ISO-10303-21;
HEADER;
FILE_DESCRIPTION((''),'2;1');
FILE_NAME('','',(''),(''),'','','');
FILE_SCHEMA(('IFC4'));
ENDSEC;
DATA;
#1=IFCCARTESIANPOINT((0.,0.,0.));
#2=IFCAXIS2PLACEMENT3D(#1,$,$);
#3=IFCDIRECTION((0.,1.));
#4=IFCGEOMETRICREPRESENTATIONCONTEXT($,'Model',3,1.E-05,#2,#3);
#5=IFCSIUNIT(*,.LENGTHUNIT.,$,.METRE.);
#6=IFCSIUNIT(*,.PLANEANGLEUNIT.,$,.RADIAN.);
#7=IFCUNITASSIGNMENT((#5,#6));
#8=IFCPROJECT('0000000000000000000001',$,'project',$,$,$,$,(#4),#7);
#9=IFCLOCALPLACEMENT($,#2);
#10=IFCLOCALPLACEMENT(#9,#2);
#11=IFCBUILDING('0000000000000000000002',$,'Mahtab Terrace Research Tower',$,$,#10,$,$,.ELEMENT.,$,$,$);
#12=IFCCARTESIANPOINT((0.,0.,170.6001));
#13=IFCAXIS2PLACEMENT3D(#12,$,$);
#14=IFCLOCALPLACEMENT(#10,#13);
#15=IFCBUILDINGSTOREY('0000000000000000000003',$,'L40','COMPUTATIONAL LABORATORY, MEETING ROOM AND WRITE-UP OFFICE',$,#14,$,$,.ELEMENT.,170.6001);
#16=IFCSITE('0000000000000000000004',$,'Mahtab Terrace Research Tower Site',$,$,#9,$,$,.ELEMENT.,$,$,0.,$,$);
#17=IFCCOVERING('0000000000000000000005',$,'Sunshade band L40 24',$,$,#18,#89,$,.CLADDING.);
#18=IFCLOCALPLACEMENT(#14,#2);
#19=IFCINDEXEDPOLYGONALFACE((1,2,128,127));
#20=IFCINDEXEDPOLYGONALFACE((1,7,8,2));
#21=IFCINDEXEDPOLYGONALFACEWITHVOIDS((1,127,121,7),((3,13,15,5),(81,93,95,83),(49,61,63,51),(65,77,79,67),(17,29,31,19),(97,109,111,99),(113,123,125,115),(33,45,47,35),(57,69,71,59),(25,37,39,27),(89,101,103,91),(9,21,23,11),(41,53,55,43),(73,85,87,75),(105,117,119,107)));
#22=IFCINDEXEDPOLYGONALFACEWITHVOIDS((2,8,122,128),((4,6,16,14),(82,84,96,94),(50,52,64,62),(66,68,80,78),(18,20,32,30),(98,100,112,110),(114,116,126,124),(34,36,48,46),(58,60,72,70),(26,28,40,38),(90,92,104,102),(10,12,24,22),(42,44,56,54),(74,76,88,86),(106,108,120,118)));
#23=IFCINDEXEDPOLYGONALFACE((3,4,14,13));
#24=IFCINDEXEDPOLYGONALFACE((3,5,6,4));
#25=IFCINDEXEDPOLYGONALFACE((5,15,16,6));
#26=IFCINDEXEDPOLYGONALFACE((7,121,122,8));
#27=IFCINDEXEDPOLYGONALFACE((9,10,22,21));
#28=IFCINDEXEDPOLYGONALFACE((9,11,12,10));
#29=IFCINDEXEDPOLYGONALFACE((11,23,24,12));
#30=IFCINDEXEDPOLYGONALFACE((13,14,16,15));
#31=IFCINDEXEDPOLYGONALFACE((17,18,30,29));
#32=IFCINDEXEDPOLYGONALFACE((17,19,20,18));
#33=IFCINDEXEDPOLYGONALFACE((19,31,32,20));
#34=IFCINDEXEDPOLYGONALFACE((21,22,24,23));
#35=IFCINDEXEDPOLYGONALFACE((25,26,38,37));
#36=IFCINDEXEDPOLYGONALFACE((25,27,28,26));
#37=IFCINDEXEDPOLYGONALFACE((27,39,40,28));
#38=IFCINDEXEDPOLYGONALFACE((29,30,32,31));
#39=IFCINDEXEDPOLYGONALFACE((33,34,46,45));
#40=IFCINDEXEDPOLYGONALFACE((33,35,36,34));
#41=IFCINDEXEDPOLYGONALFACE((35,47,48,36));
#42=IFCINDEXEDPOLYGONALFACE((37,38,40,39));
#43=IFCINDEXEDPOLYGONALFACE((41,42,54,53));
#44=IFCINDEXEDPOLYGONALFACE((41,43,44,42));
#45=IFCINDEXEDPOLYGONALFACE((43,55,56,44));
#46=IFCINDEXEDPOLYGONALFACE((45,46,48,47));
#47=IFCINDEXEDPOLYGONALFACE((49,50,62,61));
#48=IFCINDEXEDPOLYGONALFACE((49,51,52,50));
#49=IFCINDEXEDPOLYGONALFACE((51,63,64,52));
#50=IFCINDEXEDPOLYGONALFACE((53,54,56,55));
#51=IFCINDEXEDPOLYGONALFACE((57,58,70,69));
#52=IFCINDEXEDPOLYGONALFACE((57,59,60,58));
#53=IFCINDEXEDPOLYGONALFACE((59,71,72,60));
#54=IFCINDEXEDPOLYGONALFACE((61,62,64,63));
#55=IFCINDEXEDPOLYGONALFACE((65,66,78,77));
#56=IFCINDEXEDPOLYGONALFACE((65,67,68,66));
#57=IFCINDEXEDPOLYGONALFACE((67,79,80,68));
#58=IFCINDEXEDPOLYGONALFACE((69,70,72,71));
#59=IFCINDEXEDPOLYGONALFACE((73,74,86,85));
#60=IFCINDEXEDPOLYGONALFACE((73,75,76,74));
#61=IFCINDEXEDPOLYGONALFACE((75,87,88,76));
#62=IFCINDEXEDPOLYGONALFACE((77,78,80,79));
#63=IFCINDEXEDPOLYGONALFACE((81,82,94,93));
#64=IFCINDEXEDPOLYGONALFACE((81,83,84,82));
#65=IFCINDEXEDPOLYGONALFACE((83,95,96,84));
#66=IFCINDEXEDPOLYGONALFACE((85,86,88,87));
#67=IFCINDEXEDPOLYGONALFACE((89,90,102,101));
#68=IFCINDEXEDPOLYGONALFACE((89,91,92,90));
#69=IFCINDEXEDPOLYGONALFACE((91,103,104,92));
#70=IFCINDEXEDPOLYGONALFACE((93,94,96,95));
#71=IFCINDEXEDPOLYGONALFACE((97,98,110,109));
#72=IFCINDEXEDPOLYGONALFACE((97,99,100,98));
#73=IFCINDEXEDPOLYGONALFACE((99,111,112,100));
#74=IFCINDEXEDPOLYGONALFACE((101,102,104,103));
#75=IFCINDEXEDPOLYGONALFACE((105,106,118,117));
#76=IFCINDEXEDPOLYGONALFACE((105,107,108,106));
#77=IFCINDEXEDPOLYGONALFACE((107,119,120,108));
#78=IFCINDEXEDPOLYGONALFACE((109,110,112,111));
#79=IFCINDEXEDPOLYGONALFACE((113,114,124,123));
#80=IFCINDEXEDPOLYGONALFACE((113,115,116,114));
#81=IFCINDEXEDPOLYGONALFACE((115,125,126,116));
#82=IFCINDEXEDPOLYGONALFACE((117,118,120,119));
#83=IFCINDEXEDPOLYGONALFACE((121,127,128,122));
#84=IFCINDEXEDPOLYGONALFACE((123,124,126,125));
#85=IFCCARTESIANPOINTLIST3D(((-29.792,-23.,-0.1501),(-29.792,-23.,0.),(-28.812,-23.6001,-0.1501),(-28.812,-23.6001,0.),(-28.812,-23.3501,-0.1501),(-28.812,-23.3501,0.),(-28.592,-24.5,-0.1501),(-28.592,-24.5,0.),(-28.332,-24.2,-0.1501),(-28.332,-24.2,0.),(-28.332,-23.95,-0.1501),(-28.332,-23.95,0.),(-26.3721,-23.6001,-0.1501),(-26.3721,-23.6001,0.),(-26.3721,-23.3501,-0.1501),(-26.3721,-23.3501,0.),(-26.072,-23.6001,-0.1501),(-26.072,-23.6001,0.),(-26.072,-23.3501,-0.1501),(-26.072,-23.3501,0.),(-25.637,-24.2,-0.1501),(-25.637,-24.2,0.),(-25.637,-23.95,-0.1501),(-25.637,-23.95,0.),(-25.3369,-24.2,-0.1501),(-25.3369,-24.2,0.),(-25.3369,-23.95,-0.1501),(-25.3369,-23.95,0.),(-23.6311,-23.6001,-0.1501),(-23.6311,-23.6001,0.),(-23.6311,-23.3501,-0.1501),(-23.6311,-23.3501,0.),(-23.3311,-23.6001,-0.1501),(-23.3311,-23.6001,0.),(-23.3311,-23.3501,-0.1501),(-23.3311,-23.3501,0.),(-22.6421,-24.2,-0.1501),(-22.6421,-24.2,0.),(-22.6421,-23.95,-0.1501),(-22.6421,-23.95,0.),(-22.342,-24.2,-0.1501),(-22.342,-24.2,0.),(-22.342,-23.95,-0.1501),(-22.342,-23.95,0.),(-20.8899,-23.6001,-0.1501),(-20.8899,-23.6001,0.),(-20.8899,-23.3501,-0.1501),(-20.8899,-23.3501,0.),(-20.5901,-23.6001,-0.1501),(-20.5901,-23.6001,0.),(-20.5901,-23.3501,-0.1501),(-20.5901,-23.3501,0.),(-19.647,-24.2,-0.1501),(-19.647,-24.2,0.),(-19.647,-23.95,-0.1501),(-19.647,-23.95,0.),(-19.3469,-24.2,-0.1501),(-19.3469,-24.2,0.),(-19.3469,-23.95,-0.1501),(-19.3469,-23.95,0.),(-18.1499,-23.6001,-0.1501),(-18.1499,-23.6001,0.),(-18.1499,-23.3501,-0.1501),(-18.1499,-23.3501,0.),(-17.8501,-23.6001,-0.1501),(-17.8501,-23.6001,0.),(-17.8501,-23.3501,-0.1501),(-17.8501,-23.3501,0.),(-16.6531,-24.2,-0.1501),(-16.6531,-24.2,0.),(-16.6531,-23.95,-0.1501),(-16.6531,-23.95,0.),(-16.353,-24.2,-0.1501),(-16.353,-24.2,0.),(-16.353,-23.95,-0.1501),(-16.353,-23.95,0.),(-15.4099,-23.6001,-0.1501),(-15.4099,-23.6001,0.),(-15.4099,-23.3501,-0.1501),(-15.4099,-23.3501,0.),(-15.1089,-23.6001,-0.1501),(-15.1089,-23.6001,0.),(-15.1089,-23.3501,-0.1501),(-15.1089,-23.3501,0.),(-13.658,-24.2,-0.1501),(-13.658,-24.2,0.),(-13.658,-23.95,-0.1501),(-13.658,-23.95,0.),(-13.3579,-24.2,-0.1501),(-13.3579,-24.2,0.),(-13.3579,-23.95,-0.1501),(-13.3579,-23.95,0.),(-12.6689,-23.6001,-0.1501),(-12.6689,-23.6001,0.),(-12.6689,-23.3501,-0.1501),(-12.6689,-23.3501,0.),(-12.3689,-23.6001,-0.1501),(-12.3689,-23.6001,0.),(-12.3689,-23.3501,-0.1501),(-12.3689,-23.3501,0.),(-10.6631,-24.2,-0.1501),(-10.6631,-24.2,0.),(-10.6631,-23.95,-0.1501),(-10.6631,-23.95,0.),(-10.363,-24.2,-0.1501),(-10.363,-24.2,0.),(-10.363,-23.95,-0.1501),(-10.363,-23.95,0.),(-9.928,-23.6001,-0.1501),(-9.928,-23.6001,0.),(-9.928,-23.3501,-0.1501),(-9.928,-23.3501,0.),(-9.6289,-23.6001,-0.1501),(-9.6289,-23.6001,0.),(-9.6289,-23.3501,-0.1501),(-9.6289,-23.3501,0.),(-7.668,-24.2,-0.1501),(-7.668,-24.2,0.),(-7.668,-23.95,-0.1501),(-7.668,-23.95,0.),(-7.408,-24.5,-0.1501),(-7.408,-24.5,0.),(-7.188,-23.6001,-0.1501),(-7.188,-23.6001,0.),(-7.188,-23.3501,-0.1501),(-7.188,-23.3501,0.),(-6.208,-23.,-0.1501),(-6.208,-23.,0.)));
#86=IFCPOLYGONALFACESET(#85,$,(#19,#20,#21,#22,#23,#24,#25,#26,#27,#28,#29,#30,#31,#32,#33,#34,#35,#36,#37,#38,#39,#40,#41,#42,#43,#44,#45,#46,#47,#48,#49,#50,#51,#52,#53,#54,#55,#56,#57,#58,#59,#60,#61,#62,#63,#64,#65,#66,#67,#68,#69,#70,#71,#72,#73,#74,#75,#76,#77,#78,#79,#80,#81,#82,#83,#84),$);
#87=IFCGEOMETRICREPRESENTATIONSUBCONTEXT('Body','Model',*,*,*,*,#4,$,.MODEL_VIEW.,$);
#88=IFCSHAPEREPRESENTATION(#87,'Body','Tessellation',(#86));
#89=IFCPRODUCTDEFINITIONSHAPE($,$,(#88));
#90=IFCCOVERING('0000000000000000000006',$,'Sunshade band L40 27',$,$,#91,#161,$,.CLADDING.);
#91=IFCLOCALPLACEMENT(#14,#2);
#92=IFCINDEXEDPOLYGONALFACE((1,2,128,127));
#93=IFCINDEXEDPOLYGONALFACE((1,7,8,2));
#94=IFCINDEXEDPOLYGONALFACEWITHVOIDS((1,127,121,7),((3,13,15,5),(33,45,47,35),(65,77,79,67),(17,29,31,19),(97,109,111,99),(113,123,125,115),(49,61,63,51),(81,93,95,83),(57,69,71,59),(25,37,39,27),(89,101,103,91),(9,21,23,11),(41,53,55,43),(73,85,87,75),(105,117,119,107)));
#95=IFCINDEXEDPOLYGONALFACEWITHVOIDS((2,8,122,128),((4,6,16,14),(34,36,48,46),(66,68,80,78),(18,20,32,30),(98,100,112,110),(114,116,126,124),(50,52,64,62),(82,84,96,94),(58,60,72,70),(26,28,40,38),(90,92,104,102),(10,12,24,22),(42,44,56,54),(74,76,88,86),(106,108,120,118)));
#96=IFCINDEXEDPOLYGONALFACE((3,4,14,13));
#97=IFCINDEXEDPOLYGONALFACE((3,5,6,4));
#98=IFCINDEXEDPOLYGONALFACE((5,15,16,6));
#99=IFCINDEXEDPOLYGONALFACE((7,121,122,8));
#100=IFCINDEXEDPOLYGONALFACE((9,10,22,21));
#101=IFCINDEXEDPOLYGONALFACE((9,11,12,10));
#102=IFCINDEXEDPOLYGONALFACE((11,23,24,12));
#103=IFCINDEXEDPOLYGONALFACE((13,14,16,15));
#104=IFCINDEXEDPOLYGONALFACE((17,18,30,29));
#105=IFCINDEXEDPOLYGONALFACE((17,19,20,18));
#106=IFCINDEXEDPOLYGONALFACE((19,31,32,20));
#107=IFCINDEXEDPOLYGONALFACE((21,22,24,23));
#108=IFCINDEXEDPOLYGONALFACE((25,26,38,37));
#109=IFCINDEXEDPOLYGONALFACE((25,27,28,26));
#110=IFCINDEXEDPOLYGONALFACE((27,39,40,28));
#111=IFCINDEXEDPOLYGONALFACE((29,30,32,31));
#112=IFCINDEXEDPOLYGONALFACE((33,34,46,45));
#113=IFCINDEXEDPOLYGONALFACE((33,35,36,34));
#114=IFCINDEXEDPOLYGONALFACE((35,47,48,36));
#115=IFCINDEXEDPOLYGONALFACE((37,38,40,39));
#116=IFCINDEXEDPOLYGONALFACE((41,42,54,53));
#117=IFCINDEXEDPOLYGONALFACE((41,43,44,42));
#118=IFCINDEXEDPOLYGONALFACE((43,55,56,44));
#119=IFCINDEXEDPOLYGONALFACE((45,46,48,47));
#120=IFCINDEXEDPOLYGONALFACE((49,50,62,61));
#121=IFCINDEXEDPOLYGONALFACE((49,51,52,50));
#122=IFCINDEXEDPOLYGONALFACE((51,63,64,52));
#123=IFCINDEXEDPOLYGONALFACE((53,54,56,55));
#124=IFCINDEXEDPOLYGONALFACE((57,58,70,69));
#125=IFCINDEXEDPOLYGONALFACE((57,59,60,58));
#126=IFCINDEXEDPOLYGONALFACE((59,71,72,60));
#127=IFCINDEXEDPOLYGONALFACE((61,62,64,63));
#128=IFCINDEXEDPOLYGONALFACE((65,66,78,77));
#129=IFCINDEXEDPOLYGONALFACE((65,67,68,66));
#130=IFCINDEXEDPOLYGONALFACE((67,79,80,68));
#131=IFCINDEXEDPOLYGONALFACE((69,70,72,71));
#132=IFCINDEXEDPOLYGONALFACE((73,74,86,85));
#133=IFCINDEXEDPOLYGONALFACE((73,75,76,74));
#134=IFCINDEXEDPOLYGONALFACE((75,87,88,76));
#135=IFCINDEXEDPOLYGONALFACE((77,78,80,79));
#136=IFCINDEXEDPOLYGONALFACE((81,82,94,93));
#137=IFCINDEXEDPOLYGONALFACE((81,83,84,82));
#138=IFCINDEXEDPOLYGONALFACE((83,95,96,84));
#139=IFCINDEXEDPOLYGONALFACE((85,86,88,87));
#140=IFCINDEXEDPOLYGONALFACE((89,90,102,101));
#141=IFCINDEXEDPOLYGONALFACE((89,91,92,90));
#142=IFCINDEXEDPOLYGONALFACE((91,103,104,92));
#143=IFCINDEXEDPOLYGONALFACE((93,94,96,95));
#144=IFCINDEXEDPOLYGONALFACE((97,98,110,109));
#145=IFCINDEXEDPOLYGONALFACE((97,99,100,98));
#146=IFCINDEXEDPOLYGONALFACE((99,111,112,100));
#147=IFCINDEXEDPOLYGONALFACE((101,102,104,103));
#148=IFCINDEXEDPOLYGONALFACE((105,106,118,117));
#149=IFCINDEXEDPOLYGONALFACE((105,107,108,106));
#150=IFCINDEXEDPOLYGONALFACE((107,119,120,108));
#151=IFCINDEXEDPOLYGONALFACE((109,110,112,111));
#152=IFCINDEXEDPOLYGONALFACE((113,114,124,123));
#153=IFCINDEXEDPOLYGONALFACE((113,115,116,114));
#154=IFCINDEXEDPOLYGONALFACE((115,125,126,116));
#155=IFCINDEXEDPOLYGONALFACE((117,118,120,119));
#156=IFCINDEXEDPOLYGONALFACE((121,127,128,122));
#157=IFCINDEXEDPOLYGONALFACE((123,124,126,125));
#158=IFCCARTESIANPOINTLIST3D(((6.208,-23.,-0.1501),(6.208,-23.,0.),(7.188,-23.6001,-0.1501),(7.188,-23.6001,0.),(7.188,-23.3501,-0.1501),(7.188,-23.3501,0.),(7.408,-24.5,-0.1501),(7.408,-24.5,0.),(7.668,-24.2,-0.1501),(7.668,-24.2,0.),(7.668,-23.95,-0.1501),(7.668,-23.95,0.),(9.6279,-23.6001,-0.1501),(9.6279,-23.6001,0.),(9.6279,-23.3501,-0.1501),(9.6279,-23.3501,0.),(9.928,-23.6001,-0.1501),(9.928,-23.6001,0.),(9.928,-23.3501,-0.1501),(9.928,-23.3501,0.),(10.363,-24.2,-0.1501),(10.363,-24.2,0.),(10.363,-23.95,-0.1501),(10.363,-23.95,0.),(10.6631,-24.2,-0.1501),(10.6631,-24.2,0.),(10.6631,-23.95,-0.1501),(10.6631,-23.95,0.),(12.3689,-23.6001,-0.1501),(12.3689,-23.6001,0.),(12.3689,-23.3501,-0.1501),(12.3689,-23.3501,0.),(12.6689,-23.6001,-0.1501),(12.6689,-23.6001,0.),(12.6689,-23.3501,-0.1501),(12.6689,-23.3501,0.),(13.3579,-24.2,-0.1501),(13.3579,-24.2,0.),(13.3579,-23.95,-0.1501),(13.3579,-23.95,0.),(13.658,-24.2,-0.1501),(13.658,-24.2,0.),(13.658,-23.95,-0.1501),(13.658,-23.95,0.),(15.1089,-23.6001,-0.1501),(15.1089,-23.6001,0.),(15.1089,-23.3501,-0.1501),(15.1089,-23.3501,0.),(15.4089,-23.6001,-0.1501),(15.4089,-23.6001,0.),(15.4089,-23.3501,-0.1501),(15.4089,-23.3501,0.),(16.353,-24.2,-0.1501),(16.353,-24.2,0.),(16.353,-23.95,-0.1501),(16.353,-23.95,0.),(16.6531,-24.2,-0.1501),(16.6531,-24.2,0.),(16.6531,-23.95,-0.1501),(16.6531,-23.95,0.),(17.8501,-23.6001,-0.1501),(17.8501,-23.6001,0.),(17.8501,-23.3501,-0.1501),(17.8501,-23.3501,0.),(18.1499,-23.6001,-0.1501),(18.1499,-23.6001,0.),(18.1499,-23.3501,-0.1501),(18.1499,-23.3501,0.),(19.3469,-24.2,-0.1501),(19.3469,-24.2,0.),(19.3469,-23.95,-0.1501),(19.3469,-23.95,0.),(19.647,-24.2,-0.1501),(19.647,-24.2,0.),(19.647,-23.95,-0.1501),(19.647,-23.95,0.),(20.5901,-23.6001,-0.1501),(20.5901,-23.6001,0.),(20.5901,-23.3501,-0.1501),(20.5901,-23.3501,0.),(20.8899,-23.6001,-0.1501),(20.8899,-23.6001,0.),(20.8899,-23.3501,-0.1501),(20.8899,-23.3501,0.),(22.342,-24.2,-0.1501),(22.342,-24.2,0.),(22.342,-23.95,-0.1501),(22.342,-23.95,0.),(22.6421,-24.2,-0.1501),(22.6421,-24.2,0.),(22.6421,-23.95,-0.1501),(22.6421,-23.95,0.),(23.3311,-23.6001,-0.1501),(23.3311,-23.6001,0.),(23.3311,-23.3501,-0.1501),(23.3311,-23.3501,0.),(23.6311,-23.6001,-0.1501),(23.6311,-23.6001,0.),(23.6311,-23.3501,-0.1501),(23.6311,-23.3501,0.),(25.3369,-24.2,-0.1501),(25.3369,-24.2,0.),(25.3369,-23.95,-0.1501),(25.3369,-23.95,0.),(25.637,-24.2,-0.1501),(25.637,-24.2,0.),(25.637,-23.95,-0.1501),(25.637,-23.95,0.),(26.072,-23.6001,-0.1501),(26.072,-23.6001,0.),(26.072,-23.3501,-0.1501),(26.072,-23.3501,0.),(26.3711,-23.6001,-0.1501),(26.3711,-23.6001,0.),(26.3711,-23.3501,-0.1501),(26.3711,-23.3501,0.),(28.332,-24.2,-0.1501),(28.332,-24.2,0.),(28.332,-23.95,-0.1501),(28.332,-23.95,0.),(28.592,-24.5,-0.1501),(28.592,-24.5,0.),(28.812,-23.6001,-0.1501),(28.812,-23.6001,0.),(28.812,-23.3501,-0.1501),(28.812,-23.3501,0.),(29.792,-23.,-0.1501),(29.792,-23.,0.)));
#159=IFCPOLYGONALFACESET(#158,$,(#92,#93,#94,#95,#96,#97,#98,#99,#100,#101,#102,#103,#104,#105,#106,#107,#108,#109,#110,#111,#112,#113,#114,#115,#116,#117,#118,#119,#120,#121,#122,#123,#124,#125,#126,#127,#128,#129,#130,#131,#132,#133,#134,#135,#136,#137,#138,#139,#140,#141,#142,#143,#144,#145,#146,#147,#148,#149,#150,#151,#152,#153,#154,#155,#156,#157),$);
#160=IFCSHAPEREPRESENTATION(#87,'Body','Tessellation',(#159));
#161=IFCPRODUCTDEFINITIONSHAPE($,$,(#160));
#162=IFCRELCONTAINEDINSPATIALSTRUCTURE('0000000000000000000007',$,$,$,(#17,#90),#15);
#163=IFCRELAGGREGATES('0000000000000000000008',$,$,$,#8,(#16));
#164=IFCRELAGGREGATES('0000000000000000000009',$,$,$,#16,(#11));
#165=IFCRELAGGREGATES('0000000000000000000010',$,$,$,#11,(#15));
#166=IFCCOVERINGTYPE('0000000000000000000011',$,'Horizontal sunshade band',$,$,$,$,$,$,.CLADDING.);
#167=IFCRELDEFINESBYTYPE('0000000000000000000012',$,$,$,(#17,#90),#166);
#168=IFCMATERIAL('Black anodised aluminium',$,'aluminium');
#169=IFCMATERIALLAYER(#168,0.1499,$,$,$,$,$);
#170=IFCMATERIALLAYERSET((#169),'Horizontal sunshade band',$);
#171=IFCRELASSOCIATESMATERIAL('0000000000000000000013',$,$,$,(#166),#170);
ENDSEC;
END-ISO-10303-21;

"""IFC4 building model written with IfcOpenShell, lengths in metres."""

from ifc_helpers import new_model, si_unit, direction, frame, origin, place, context, subcontext, project, spatial, polyline, outline, extrude, material, layer, layer_set, type_object, element, save


model = new_model("IFC4")

# Units and contexts
model_context = context("Model", 3, precision=1e-05, world=origin(), true_north=direction((0.0, 1.0)))
body_context = subcontext(model_context, "Body", "Model", "MODEL_VIEW")
ifc_project = project(units=[si_unit("LENGTHUNIT", "METRE"), si_unit("PLANEANGLEUNIT", "RADIAN")], contexts=[model_context])

# Site, building, storey
site_placement = place(None, origin())
site = spatial("IfcSite", under=ifc_project, at=site_placement, Name="Mahtab Terrace Research Tower Site", CompositionType="ELEMENT", RefElevation=0.0)
building_placement = place(site_placement, origin())
building = spatial("IfcBuilding", under=site, at=building_placement, Name="Mahtab Terrace Research Tower", CompositionType="ELEMENT")
storey_placement = place(building_placement, frame((0.0, 0.0, 170.6001)))
storey = spatial("IfcBuildingStorey", under=building, at=storey_placement, Name="L40", Description="COMPUTATIONAL LABORATORY, MEETING ROOM AND WRITE-UP OFFICE", CompositionType="ELEMENT", Elevation=170.6001)

# Coverings
ifc_material_1 = material(Name="Black anodised aluminium", Category="aluminium")
ifc_layer_1 = layer(ifc_material_1, 0.1499)
ifc_layer_set_1 = layer_set([ifc_layer_1], Name="Horizontal sunshade band")
covering_type = type_object("IfcCoveringType", Name="Horizontal sunshade band", PredefinedType="CLADDING", material=ifc_layer_set_1)
covering_1_placement = place(storey_placement, frame((0.0, 0.0, -0.1501)))
element("IfcCovering", 1, at=covering_1_placement, inside=storey, type_object=covering_type, Name="Sunshade band L40 24", PredefinedType="CLADDING", context=body_context, shape_type="SweptSolid", body=[
    extrude(outline(polyline([(-29.792, -23.0), (-6.208, -23.0), (-7.408, -24.5), (-28.592, -24.5), (-29.792, -23.0)]), holes=[polyline([(-28.812, -23.3501), (-26.3721, -23.3501), (-26.3721, -23.6001), (-28.812, -23.6001), (-28.812, -23.3501)]), polyline([(-26.072, -23.3501), (-23.6311, -23.3501), (-23.6311, -23.6001), (-26.072, -23.6001), (-26.072, -23.3501)]), polyline([(-23.3311, -23.3501), (-20.8899, -23.3501), (-20.8899, -23.6001), (-23.3311, -23.6001), (-23.3311, -23.3501)]), polyline([(-20.5901, -23.3501), (-18.1499, -23.3501), (-18.1499, -23.6001), (-20.5901, -23.6001), (-20.5901, -23.3501)]), polyline([(-17.8501, -23.3501), (-15.4099, -23.3501), (-15.4099, -23.6001), (-17.8501, -23.6001), (-17.8501, -23.3501)]), polyline([(-15.1089, -23.3501), (-12.6689, -23.3501), (-12.6689, -23.6001), (-15.1089, -23.6001), (-15.1089, -23.3501)]), polyline([(-12.3689, -23.3501), (-9.928, -23.3501), (-9.928, -23.6001), (-12.3689, -23.6001), (-12.3689, -23.3501)]), polyline([(-9.6289, -23.3501), (-7.188, -23.3501), (-7.188, -23.6001), (-9.6289, -23.6001), (-9.6289, -23.3501)]), polyline([(-28.332, -23.95), (-25.637, -23.95), (-25.637, -24.2), (-28.332, -24.2), (-28.332, -23.95)]), polyline([(-25.3369, -23.95), (-22.6421, -23.95), (-22.6421, -24.2), (-25.3369, -24.2), (-25.3369, -23.95)]), polyline([(-22.342, -23.95), (-19.647, -23.95), (-19.647, -24.2), (-22.342, -24.2), (-22.342, -23.95)]), polyline([(-19.3469, -23.95), (-16.6531, -23.95), (-16.6531, -24.2), (-19.3469, -24.2), (-19.3469, -23.95)]), polyline([(-16.353, -23.95), (-13.658, -23.95), (-13.658, -24.2), (-16.353, -24.2), (-16.353, -23.95)]), polyline([(-13.3579, -23.95), (-10.6631, -23.95), (-10.6631, -24.2), (-13.3579, -24.2), (-13.3579, -23.95)]), polyline([(-10.363, -23.95), (-7.668, -23.95), (-7.668, -24.2), (-10.363, -24.2), (-10.363, -23.95)])]), origin(), (0.0, 0.0, 1.0), 0.1501),
])
covering_2_placement = place(storey_placement, frame((0.0, 0.0, -0.1501)))
element("IfcCovering", 2, at=covering_2_placement, inside=storey, type_object=covering_type, Name="Sunshade band L40 27", PredefinedType="CLADDING", context=body_context, shape_type="SweptSolid", body=[
    extrude(outline(polyline([(6.208, -23.0), (29.792, -23.0), (28.592, -24.5), (7.408, -24.5), (6.208, -23.0)]), holes=[polyline([(7.188, -23.3501), (9.6279, -23.3501), (9.6279, -23.6001), (7.188, -23.6001), (7.188, -23.3501)]), polyline([(9.928, -23.3501), (12.3689, -23.3501), (12.3689, -23.6001), (9.928, -23.6001), (9.928, -23.3501)]), polyline([(12.6689, -23.3501), (15.1089, -23.3501), (15.1089, -23.6001), (12.6689, -23.6001), (12.6689, -23.3501)]), polyline([(15.4089, -23.3501), (17.8501, -23.3501), (17.8501, -23.6001), (15.4089, -23.6001), (15.4089, -23.3501)]), polyline([(18.1499, -23.3501), (20.5901, -23.3501), (20.5901, -23.6001), (18.1499, -23.6001), (18.1499, -23.3501)]), polyline([(20.8899, -23.3501), (23.3311, -23.3501), (23.3311, -23.6001), (20.8899, -23.6001), (20.8899, -23.3501)]), polyline([(23.6311, -23.3501), (26.072, -23.3501), (26.072, -23.6001), (23.6311, -23.6001), (23.6311, -23.3501)]), polyline([(26.3711, -23.3501), (28.812, -23.3501), (28.812, -23.6001), (26.3711, -23.6001), (26.3711, -23.3501)]), polyline([(7.668, -23.95), (10.363, -23.95), (10.363, -24.2), (7.668, -24.2), (7.668, -23.95)]), polyline([(10.6631, -23.95), (13.3579, -23.95), (13.3579, -24.2), (10.6631, -24.2), (10.6631, -23.95)]), polyline([(13.658, -23.95), (16.353, -23.95), (16.353, -24.2), (13.658, -24.2), (13.658, -23.95)]), polyline([(16.6531, -23.95), (19.3469, -23.95), (19.3469, -24.2), (16.6531, -24.2), (16.6531, -23.95)]), polyline([(19.647, -23.95), (22.342, -23.95), (22.342, -24.2), (19.647, -24.2), (19.647, -23.95)]), polyline([(22.6421, -23.95), (25.3369, -23.95), (25.3369, -24.2), (22.6421, -24.2), (22.6421, -23.95)]), polyline([(25.637, -23.95), (28.332, -23.95), (28.332, -24.2), (25.637, -24.2), (25.637, -23.95)])]), origin(), (0.0, 0.0, 1.0), 0.1501),
])

save(model, "model.ifc")
